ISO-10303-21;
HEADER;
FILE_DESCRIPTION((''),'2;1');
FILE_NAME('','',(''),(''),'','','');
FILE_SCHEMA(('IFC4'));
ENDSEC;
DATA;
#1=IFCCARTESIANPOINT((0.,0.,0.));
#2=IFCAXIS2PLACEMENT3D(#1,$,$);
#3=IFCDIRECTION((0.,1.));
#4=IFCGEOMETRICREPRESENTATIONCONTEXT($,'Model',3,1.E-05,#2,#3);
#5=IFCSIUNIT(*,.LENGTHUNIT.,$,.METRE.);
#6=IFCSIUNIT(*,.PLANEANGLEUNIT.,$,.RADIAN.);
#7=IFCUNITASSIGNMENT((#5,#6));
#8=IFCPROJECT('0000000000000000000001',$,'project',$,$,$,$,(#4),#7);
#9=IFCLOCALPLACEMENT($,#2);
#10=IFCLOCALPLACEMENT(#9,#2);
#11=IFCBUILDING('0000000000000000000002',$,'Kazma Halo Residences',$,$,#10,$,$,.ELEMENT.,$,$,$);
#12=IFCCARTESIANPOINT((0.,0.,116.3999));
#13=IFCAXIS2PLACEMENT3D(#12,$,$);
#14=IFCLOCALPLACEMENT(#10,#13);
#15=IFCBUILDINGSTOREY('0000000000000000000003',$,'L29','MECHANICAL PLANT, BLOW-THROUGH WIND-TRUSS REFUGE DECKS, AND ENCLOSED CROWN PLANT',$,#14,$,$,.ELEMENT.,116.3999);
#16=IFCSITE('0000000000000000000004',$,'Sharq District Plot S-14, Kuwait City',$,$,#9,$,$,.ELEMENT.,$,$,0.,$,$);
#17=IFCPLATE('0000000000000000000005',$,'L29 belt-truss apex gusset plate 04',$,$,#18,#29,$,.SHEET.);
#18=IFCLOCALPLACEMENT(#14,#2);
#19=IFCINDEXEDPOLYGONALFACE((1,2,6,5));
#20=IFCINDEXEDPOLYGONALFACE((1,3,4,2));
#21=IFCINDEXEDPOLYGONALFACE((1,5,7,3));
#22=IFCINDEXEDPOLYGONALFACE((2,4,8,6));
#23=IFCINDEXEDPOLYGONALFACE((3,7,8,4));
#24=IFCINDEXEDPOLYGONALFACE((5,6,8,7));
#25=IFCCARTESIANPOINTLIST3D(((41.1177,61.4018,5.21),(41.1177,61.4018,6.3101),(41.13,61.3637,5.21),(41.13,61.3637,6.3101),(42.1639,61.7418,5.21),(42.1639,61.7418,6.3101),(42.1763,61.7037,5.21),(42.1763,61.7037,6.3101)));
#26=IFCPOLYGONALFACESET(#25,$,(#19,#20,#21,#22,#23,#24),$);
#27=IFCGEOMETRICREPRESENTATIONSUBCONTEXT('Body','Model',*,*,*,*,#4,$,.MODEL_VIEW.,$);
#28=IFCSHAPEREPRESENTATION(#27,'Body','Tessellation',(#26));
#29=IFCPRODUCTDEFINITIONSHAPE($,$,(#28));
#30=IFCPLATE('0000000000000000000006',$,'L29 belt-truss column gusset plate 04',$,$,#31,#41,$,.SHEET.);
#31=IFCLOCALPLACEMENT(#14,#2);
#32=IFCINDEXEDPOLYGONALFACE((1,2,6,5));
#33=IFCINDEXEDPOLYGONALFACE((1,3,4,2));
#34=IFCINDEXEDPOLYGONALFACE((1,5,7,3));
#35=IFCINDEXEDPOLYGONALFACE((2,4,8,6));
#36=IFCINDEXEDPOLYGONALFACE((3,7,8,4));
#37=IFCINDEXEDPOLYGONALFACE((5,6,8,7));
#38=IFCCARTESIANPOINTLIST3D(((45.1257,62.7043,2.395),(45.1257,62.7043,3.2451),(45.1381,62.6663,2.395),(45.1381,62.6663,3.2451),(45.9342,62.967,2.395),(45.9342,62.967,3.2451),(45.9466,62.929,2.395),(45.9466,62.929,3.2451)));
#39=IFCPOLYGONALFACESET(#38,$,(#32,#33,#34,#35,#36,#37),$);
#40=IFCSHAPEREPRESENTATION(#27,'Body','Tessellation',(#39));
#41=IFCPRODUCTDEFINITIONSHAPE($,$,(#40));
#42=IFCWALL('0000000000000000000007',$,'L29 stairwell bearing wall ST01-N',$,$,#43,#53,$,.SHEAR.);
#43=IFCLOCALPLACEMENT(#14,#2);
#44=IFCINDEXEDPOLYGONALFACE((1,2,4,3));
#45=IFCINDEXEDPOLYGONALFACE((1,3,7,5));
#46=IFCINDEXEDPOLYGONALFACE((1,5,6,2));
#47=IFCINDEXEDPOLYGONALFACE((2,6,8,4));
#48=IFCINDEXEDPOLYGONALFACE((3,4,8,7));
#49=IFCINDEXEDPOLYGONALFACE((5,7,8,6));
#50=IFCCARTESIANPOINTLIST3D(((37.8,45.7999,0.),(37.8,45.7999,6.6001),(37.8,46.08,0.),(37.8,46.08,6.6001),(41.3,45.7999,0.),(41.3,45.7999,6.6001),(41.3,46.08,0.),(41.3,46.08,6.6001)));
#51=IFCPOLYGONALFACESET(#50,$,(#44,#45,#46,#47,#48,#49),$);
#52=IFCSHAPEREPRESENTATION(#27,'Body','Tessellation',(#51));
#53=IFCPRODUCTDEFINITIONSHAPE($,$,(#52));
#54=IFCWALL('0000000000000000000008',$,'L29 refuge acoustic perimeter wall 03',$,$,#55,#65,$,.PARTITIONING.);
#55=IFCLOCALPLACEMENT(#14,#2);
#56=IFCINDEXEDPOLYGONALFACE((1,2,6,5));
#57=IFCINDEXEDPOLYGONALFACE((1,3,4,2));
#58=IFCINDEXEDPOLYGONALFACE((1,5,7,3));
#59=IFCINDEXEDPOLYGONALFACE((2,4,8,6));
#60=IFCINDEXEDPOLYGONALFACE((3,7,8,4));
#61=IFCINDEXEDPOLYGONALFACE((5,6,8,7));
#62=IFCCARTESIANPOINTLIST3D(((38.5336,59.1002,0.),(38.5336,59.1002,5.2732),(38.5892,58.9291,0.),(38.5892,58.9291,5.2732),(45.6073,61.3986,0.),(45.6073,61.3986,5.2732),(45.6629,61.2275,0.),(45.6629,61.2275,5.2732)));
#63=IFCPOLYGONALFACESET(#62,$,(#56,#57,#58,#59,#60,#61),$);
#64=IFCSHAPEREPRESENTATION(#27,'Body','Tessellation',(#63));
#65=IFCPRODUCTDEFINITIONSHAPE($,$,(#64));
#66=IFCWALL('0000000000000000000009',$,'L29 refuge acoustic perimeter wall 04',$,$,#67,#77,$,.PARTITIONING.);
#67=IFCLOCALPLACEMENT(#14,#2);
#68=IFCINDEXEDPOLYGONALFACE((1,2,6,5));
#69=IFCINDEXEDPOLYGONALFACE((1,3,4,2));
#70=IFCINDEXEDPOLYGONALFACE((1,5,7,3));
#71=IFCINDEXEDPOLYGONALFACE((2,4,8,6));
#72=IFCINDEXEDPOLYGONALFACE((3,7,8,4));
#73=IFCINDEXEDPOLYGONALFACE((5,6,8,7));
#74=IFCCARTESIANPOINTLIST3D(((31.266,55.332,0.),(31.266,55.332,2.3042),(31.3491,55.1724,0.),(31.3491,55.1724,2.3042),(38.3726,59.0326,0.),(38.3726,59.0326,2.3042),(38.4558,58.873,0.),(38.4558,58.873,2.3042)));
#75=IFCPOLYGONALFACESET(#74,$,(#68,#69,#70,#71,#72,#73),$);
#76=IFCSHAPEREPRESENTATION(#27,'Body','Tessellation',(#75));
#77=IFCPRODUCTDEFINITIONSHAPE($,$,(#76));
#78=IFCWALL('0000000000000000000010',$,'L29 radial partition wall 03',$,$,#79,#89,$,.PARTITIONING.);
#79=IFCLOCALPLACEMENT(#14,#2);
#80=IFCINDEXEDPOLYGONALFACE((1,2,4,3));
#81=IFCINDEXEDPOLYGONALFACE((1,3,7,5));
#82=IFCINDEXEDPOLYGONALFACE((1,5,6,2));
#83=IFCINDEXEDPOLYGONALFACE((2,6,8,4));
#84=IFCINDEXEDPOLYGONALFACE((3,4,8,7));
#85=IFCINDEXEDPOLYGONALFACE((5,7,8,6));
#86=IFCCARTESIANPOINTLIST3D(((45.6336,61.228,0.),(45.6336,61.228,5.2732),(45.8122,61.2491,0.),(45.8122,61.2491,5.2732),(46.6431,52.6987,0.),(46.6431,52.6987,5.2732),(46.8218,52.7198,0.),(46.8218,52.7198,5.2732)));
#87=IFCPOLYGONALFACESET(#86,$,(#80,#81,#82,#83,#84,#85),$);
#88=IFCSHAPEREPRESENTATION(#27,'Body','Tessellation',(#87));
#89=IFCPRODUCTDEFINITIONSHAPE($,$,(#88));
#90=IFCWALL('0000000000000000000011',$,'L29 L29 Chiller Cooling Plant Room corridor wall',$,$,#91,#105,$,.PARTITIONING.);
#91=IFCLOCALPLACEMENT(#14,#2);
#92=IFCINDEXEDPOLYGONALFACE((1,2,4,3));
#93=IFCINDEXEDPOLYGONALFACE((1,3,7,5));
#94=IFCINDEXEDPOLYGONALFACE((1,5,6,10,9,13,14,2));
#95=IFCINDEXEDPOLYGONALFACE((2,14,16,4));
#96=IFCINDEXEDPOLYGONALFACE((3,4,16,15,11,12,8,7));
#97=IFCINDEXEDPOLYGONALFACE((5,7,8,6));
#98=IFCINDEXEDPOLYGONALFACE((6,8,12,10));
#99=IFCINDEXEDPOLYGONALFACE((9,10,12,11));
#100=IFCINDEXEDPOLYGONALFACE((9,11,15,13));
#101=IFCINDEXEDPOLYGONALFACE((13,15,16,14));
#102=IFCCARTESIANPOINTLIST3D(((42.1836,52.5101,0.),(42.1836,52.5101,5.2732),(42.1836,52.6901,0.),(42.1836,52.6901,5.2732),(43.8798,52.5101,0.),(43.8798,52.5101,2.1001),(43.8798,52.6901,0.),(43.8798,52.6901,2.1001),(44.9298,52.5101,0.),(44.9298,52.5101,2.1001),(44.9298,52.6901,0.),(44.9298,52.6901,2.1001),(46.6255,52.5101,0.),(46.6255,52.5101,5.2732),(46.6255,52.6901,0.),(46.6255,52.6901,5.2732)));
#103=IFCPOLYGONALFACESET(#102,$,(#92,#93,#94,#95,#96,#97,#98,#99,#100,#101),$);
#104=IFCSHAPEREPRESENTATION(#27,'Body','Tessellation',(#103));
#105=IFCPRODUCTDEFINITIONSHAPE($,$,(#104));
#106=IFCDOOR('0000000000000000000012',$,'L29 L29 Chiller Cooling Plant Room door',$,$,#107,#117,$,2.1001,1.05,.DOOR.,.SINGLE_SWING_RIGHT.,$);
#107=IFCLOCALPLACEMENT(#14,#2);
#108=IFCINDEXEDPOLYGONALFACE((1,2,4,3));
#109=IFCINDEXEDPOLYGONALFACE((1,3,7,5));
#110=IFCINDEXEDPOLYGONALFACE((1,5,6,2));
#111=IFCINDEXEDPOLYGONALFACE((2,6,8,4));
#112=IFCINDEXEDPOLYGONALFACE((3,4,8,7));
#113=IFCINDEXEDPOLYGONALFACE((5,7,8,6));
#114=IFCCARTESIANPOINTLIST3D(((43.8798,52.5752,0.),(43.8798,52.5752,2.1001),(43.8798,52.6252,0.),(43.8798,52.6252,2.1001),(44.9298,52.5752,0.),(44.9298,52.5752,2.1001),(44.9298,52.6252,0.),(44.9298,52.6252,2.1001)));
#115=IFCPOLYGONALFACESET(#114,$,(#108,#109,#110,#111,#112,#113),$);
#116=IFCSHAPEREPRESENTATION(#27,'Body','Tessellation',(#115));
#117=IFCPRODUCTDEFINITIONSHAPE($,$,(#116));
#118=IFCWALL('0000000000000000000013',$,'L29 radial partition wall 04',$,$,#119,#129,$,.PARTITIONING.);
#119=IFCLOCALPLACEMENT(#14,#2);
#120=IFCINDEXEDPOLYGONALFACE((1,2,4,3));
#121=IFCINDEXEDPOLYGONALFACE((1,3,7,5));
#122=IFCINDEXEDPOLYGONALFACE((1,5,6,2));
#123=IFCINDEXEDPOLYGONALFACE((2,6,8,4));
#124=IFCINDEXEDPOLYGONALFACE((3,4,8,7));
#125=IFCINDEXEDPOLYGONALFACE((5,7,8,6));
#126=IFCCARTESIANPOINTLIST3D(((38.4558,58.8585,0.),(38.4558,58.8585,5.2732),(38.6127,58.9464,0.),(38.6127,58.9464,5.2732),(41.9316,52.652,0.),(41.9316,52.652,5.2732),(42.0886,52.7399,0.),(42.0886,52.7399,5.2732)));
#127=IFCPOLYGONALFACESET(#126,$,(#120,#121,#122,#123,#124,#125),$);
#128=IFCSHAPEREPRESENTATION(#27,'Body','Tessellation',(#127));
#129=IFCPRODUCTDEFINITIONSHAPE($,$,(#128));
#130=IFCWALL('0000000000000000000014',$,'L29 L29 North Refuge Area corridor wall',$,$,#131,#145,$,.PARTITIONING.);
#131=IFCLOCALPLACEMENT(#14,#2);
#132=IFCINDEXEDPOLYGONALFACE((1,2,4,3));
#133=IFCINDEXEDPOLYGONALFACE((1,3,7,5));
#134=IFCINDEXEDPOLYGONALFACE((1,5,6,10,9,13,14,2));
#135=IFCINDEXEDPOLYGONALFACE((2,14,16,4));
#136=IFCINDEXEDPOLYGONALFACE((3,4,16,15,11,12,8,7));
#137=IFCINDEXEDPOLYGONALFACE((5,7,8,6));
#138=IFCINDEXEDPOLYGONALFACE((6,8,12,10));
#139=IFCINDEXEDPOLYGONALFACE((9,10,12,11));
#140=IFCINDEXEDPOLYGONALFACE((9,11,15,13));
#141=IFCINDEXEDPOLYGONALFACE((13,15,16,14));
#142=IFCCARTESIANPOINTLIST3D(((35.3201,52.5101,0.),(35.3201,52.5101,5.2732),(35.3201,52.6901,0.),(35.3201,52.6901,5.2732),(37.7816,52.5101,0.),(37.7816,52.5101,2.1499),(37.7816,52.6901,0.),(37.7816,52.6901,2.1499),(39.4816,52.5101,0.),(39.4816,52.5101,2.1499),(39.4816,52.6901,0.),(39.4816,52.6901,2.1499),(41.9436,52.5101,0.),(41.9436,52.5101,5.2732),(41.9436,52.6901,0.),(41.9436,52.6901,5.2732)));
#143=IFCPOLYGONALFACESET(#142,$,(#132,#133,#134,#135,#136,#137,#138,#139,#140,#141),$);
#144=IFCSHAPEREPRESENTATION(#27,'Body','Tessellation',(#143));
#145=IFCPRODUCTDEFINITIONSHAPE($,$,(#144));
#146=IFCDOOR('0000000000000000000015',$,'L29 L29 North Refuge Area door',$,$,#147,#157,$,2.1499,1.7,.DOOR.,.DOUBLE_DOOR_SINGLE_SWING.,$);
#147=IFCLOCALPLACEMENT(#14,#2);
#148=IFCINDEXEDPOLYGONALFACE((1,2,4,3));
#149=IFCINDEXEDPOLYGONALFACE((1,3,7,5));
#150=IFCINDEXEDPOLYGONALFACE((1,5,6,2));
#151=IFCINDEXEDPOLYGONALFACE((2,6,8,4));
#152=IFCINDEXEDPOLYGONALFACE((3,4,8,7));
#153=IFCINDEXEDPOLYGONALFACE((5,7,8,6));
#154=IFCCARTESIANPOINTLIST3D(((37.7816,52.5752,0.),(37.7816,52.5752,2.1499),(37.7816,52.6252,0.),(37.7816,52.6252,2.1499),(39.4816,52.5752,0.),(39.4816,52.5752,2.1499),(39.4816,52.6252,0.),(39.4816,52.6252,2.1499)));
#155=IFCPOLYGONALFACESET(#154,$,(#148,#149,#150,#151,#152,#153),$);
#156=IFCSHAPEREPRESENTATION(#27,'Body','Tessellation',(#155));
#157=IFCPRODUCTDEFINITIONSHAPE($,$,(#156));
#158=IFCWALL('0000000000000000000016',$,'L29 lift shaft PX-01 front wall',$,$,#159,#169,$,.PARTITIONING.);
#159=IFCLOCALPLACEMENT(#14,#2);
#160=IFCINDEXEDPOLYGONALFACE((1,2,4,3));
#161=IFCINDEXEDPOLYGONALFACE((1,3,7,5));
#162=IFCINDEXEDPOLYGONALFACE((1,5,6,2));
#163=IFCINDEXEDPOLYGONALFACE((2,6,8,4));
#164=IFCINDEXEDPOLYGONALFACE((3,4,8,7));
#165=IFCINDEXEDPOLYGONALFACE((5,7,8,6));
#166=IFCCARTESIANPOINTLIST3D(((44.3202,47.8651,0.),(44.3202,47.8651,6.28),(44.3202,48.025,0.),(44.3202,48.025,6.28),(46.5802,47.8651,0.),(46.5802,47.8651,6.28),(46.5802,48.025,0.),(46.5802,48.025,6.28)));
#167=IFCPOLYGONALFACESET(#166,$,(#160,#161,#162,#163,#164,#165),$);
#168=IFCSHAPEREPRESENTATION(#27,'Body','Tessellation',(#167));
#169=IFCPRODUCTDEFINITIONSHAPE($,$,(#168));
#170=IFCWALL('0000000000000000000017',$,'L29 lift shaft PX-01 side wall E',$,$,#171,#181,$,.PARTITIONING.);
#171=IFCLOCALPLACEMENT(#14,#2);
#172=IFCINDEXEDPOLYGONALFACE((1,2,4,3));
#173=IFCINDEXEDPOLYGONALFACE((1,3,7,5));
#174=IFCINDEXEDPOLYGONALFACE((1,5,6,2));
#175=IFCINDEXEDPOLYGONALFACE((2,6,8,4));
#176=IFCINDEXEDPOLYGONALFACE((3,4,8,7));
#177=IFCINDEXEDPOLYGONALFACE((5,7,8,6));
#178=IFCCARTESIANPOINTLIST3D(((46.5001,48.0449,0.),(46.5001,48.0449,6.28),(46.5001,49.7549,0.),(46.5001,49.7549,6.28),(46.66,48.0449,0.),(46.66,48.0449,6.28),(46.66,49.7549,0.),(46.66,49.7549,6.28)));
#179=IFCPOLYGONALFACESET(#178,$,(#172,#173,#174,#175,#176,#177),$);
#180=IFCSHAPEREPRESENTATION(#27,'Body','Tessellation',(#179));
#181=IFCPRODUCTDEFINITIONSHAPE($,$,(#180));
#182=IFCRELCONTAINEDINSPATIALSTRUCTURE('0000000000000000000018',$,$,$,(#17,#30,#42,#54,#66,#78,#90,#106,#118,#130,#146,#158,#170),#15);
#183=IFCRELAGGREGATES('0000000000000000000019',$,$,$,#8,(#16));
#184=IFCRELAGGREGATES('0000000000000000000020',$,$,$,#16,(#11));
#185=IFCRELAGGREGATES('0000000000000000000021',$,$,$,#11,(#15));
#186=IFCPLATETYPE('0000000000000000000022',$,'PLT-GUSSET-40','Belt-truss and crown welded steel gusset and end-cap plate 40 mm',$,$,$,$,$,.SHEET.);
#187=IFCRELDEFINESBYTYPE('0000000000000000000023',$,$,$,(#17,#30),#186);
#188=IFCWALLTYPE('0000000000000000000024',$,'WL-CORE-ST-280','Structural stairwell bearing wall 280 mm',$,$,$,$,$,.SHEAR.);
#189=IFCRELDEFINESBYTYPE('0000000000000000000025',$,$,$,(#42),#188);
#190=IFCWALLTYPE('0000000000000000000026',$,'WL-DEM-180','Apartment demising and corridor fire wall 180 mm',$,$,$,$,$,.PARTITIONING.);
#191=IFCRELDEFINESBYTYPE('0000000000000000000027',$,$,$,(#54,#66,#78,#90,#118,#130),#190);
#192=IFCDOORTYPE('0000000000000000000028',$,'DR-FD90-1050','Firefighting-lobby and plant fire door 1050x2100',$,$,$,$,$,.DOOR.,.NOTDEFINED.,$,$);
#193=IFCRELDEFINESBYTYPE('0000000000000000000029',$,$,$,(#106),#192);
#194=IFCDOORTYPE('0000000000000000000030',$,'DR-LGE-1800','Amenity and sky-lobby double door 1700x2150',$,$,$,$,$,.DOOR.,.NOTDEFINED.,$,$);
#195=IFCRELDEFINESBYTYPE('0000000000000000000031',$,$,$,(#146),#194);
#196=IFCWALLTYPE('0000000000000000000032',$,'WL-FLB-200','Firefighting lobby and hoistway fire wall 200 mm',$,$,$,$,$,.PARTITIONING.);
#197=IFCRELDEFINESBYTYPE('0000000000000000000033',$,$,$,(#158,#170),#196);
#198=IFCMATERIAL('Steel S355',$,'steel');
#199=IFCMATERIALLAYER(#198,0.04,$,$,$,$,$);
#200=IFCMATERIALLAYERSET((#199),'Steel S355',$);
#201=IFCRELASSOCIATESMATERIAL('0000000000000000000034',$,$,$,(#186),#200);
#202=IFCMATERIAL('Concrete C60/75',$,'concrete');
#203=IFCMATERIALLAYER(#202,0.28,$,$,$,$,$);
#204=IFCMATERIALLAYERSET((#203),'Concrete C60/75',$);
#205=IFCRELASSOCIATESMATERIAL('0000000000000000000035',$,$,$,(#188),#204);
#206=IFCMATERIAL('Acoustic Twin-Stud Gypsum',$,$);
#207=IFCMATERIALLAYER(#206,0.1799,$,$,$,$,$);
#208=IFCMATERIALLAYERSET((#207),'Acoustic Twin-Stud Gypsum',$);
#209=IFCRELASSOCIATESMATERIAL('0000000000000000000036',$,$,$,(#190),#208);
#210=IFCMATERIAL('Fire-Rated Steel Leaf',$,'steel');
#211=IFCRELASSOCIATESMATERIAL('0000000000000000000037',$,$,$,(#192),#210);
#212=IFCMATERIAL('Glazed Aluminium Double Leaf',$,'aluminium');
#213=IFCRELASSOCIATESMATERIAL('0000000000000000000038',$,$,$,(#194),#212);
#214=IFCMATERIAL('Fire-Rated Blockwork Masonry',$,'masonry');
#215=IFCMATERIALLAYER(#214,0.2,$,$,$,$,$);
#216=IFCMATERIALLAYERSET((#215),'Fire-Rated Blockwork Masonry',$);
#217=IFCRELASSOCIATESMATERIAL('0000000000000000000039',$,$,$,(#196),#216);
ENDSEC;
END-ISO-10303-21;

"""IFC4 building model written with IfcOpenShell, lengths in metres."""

from ifc_helpers import new_model, si_unit, direction, frame, frame_2d, origin, origin_2d, place, context, subcontext, project, spatial, rectangle, extrude, material, layer, layer_set, type_object, element, fill, save


model = new_model("IFC4")

# Units and contexts
model_context = context("Model", 3, precision=1e-05, world=origin(), true_north=direction((0.0, 1.0)))
body_context = subcontext(model_context, "Body", "Model", "MODEL_VIEW")
ifc_project = project(units=[si_unit("LENGTHUNIT", "METRE"), si_unit("PLANEANGLEUNIT", "RADIAN")], contexts=[model_context])

# Site, building, storey
site_placement = place(None, origin())
site = spatial("IfcSite", under=ifc_project, at=site_placement, Name="Sharq District Plot S-14, Kuwait City", CompositionType="ELEMENT", RefElevation=0.0)
building_placement = place(site_placement, origin())
building = spatial("IfcBuilding", under=site, at=building_placement, Name="Kazma Halo Residences", CompositionType="ELEMENT")
storey_placement = place(building_placement, frame((0.0, 0.0, 116.3999)))
storey = spatial("IfcBuildingStorey", under=building, at=storey_placement, Name="L29", Description="MECHANICAL PLANT, BLOW-THROUGH WIND-TRUSS REFUGE DECKS, AND ENCLOSED CROWN PLANT", CompositionType="ELEMENT", Elevation=116.3999)

# Shared definitions
ifc_material_1 = material(Name="Steel S355", Category="steel")

# Plates
ifc_layer_1 = layer(ifc_material_1, 0.04)
ifc_layer_set_1 = layer_set([ifc_layer_1], Name="Steel S355")
plate_type = type_object("IfcPlateType", Name="PLT-GUSSET-40", Description="Belt-truss and crown welded steel gusset and end-cap plate 40 mm", PredefinedType="SHEET", material=ifc_layer_set_1)
plate_1_placement = place(storey_placement, frame((41.647, 61.5527, 5.21), z_axis=(0.0, 0.0, 1.0), x_axis=(-0.951054, -0.309026, 0.0)))
element("IfcPlate", 1, at=plate_1_placement, inside=storey, type_object=plate_type, Name="L29 belt-truss apex gusset plate 04", PredefinedType="SHEET", context=body_context, shape_type="SweptSolid", body=[
    extrude(rectangle(XDim=1.1001, YDim=0.04, at=origin_2d()), origin(), (0.0, 0.0, 1.0), 1.1001),
])
plate_2_placement = place(storey_placement, frame((45.5361, 62.8167, 2.395), z_axis=(0.0, 0.0, 1.0), x_axis=(-0.951054, -0.309026, 0.0)))
element("IfcPlate", 2, at=plate_2_placement, inside=storey, type_object=plate_type, Name="L29 belt-truss column gusset plate 04", PredefinedType="SHEET", context=body_context, shape_type="SweptSolid", body=[
    extrude(rectangle(XDim=0.8501, YDim=0.04, at=origin_2d()), origin(), (0.0, 0.0, 1.0), 0.8501),
])

# Walls
ifc_material_2 = material(Name="Concrete C60/75", Category="concrete")
ifc_layer_2 = layer(ifc_material_2, 0.28)
ifc_layer_set_2 = layer_set([ifc_layer_2], Name="Concrete C60/75")
wall_type_1 = type_object("IfcWallType", Name="WL-CORE-ST-280", Description="Structural stairwell bearing wall 280 mm", PredefinedType="SHEAR", material=ifc_layer_set_2)
wall_1_placement = place(storey_placement, frame((37.8, 45.9399, 0.0), z_axis=(0.0, 0.0, 1.0), x_axis=(1.0, 0.0, 0.0)))
element("IfcWall", 3, at=wall_1_placement, inside=storey, type_object=wall_type_1, Name="L29 stairwell bearing wall ST01-N", PredefinedType="SHEAR", context=body_context, shape_type="SweptSolid", body=[
    extrude(rectangle(XDim=3.5, YDim=0.28, at=frame_2d((1.75, 0.0))), origin(), (0.0, 0.0, 1.0), 6.6001),
])
ifc_material_3 = material(Name="Acoustic Twin-Stud Gypsum")
ifc_layer_3 = layer(ifc_material_3, 0.1799)
ifc_layer_set_3 = layer_set([ifc_layer_3], Name="Acoustic Twin-Stud Gypsum")
wall_type_2 = type_object("IfcWallType", Name="WL-DEM-180", Description="Apartment demising and corridor fire wall 180 mm", PredefinedType="PARTITIONING", material=ifc_layer_set_3)
wall_2_placement = place(storey_placement, frame((45.635, 61.313, 0.0), z_axis=(0.0, 0.0, 1.0), x_axis=(-0.951059, -0.30901, 0.0)))
element("IfcWall", 4, at=wall_2_placement, inside=storey, type_object=wall_type_2, Name="L29 refuge acoustic perimeter wall 03", PredefinedType="PARTITIONING", context=body_context, shape_type="SweptSolid", body=[
    extrude(rectangle(XDim=7.4377, YDim=0.1799, at=frame_2d((3.7188, 0.0))), origin(), (0.0, 0.0, 1.0), 5.2732),
])
wall_3_placement = place(storey_placement, frame((38.4143, 58.9529, 0.0), z_axis=(0.0, 0.0, 1.0), x_axis=(-0.886951, -0.461864, 0.0)))
element("IfcWall", 5, at=wall_3_placement, inside=storey, type_object=wall_type_2, Name="L29 refuge acoustic perimeter wall 04", PredefinedType="PARTITIONING", context=body_context, shape_type="SweptSolid", body=[
    extrude(rectangle(XDim=8.0125, YDim=0.1799, at=frame_2d((4.0063, 0.0))), origin(), (0.0, 0.0, 1.0), 2.3042),
])
wall_4_placement = place(storey_placement, frame((46.7324, 52.7092, 0.0), z_axis=(0.0, 0.0, 1.0), x_axis=(-0.117539, 0.993068, 0.0)))
element("IfcWall", 6, at=wall_4_placement, inside=storey, type_object=wall_type_2, Name="L29 radial partition wall 03", PredefinedType="PARTITIONING", context=body_context, shape_type="SweptSolid", body=[
    extrude(rectangle(XDim=8.5889, YDim=0.1799, at=frame_2d((4.2944, 0.0))), origin(), (0.0, 0.0, 1.0), 5.2732),
])

# Wall, opening, door
wall_5_placement = place(storey_placement, frame((46.6255, 52.6001, 0.0), z_axis=(0.0, 0.0, 1.0), x_axis=(-1.0, 0.0, 0.0)))
wall_5 = element("IfcWall", 7, at=wall_5_placement, inside=storey, type_object=wall_type_2, Name="L29 L29 Chiller Cooling Plant Room corridor wall", PredefinedType="PARTITIONING", context=body_context, shape_type="SweptSolid", body=[
    extrude(rectangle(XDim=4.4419, YDim=0.1799, at=frame_2d((2.2209, 0.0))), origin(), (0.0, 0.0, 1.0), 5.2732),
])
opening_1_placement = place(wall_5_placement, frame((1.6958, 0.0, 0.0)))
opening_1 = element("IfcOpeningElement", 8, at=opening_1_placement, cuts=wall_5, PredefinedType="OPENING", context=body_context, shape_type="SweptSolid", body=[
    extrude(rectangle(XDim=1.05, YDim=2.1001, at=frame_2d((0.5249, 1.05))), frame((0.0, 0.0999, 0.0), z_axis=(0.0, -1.0, 0.0), x_axis=(1.0, 0.0, 0.0)), (0.0, 0.0, 1.0), 0.2),
])
ifc_material_4 = material(Name="Fire-Rated Steel Leaf", Category="steel")
door_type_1 = type_object("IfcDoorType", Name="DR-FD90-1050", Description="Firefighting-lobby and plant fire door 1050x2100", OperationType="NOTDEFINED", PredefinedType="DOOR", material=ifc_material_4)
door_1_placement = place(opening_1_placement, origin())
door_1 = element("IfcDoor", 9, at=door_1_placement, inside=storey, type_object=door_type_1, Name="L29 L29 Chiller Cooling Plant Room door", OperationType="SINGLE_SWING_RIGHT", OverallHeight=2.1001, OverallWidth=1.05, PredefinedType="DOOR", context=body_context, shape_type="SweptSolid", body=[
    extrude(rectangle(XDim=1.05, YDim=2.1001, at=frame_2d((0.5249, 1.05))), frame((0.0, 0.0249, 0.0), z_axis=(0.0, -1.0, 0.0), x_axis=(1.0, 0.0, 0.0)), (0.0, 0.0, 1.0), 0.05),
])
fill(opening_1, door_1)

# Wall
wall_6_placement = place(storey_placement, frame((42.01, 52.696, 0.0), z_axis=(0.0, 0.0, 1.0), x_axis=(-0.488621, 0.872496, 0.0)))
element("IfcWall", 10, at=wall_6_placement, inside=storey, type_object=wall_type_2, Name="L29 radial partition wall 04", PredefinedType="PARTITIONING", context=body_context, shape_type="SweptSolid", body=[
    extrude(rectangle(XDim=7.1135, YDim=0.1799, at=frame_2d((3.5566, 0.0))), origin(), (0.0, 0.0, 1.0), 5.2732),
])

# Wall, opening, door
wall_7_placement = place(storey_placement, frame((41.9436, 52.6001, 0.0), z_axis=(0.0, 0.0, 1.0), x_axis=(-1.0, 0.0, 0.0)))
wall_7 = element("IfcWall", 11, at=wall_7_placement, inside=storey, type_object=wall_type_2, Name="L29 L29 North Refuge Area corridor wall", PredefinedType="PARTITIONING", context=body_context, shape_type="SweptSolid", body=[
    extrude(rectangle(XDim=6.6235, YDim=0.1799, at=frame_2d((3.3118, 0.0))), origin(), (0.0, 0.0, 1.0), 5.2732),
])
opening_2_placement = place(wall_7_placement, frame((2.4619, 0.0, 0.0)))
opening_2 = element("IfcOpeningElement", 12, at=opening_2_placement, cuts=wall_7, PredefinedType="OPENING", context=body_context, shape_type="SweptSolid", body=[
    extrude(rectangle(XDim=1.7, YDim=2.1499, at=frame_2d((0.8501, 1.075))), frame((0.0, 0.0999, 0.0), z_axis=(0.0, -1.0, 0.0), x_axis=(1.0, 0.0, 0.0)), (0.0, 0.0, 1.0), 0.2),
])
ifc_material_5 = material(Name="Glazed Aluminium Double Leaf", Category="aluminium")
door_type_2 = type_object("IfcDoorType", Name="DR-LGE-1800", Description="Amenity and sky-lobby double door 1700x2150", OperationType="NOTDEFINED", PredefinedType="DOOR", material=ifc_material_5)
door_2_placement = place(opening_2_placement, origin())
door_2 = element("IfcDoor", 13, at=door_2_placement, inside=storey, type_object=door_type_2, Name="L29 L29 North Refuge Area door", OperationType="DOUBLE_DOOR_SINGLE_SWING", OverallHeight=2.1499, OverallWidth=1.7, PredefinedType="DOOR", context=body_context, shape_type="SweptSolid", body=[
    extrude(rectangle(XDim=1.7, YDim=2.1499, at=frame_2d((0.8501, 1.075))), frame((0.0, 0.0249, 0.0), z_axis=(0.0, -1.0, 0.0), x_axis=(1.0, 0.0, 0.0)), (0.0, 0.0, 1.0), 0.05),
])
fill(opening_2, door_2)

# Walls
ifc_material_6 = material(Name="Fire-Rated Blockwork Masonry", Category="masonry")
ifc_layer_4 = layer(ifc_material_6, 0.2)
ifc_layer_set_4 = layer_set([ifc_layer_4], Name="Fire-Rated Blockwork Masonry")
wall_type_3 = type_object("IfcWallType", Name="WL-FLB-200", Description="Firefighting lobby and hoistway fire wall 200 mm", PredefinedType="PARTITIONING", material=ifc_layer_set_4)
wall_8_placement = place(storey_placement, frame((46.5801, 47.9451, 0.0), z_axis=(0.0, 0.0, 1.0), x_axis=(-1.0, 0.0, 0.0)))
element("IfcWall", 14, at=wall_8_placement, inside=storey, type_object=wall_type_3, Name="L29 lift shaft PX-01 front wall", PredefinedType="PARTITIONING", context=body_context, shape_type="SweptSolid", body=[
    extrude(rectangle(XDim=2.26, YDim=0.1599, at=frame_2d((1.1299, 0.0))), origin(), (0.0, 0.0, 1.0), 6.28),
])
wall_9_placement = place(storey_placement, frame((46.5801, 48.0449, 0.0), z_axis=(0.0, 0.0, 1.0), x_axis=(0.0, 1.0, 0.0)))
element("IfcWall", 15, at=wall_9_placement, inside=storey, type_object=wall_type_3, Name="L29 lift shaft PX-01 side wall E", PredefinedType="PARTITIONING", context=body_context, shape_type="SweptSolid", body=[
    extrude(rectangle(XDim=1.71, YDim=0.1599, at=frame_2d((0.855, 0.0))), origin(), (0.0, 0.0, 1.0), 6.28),
])

save(model, "model.ifc")
